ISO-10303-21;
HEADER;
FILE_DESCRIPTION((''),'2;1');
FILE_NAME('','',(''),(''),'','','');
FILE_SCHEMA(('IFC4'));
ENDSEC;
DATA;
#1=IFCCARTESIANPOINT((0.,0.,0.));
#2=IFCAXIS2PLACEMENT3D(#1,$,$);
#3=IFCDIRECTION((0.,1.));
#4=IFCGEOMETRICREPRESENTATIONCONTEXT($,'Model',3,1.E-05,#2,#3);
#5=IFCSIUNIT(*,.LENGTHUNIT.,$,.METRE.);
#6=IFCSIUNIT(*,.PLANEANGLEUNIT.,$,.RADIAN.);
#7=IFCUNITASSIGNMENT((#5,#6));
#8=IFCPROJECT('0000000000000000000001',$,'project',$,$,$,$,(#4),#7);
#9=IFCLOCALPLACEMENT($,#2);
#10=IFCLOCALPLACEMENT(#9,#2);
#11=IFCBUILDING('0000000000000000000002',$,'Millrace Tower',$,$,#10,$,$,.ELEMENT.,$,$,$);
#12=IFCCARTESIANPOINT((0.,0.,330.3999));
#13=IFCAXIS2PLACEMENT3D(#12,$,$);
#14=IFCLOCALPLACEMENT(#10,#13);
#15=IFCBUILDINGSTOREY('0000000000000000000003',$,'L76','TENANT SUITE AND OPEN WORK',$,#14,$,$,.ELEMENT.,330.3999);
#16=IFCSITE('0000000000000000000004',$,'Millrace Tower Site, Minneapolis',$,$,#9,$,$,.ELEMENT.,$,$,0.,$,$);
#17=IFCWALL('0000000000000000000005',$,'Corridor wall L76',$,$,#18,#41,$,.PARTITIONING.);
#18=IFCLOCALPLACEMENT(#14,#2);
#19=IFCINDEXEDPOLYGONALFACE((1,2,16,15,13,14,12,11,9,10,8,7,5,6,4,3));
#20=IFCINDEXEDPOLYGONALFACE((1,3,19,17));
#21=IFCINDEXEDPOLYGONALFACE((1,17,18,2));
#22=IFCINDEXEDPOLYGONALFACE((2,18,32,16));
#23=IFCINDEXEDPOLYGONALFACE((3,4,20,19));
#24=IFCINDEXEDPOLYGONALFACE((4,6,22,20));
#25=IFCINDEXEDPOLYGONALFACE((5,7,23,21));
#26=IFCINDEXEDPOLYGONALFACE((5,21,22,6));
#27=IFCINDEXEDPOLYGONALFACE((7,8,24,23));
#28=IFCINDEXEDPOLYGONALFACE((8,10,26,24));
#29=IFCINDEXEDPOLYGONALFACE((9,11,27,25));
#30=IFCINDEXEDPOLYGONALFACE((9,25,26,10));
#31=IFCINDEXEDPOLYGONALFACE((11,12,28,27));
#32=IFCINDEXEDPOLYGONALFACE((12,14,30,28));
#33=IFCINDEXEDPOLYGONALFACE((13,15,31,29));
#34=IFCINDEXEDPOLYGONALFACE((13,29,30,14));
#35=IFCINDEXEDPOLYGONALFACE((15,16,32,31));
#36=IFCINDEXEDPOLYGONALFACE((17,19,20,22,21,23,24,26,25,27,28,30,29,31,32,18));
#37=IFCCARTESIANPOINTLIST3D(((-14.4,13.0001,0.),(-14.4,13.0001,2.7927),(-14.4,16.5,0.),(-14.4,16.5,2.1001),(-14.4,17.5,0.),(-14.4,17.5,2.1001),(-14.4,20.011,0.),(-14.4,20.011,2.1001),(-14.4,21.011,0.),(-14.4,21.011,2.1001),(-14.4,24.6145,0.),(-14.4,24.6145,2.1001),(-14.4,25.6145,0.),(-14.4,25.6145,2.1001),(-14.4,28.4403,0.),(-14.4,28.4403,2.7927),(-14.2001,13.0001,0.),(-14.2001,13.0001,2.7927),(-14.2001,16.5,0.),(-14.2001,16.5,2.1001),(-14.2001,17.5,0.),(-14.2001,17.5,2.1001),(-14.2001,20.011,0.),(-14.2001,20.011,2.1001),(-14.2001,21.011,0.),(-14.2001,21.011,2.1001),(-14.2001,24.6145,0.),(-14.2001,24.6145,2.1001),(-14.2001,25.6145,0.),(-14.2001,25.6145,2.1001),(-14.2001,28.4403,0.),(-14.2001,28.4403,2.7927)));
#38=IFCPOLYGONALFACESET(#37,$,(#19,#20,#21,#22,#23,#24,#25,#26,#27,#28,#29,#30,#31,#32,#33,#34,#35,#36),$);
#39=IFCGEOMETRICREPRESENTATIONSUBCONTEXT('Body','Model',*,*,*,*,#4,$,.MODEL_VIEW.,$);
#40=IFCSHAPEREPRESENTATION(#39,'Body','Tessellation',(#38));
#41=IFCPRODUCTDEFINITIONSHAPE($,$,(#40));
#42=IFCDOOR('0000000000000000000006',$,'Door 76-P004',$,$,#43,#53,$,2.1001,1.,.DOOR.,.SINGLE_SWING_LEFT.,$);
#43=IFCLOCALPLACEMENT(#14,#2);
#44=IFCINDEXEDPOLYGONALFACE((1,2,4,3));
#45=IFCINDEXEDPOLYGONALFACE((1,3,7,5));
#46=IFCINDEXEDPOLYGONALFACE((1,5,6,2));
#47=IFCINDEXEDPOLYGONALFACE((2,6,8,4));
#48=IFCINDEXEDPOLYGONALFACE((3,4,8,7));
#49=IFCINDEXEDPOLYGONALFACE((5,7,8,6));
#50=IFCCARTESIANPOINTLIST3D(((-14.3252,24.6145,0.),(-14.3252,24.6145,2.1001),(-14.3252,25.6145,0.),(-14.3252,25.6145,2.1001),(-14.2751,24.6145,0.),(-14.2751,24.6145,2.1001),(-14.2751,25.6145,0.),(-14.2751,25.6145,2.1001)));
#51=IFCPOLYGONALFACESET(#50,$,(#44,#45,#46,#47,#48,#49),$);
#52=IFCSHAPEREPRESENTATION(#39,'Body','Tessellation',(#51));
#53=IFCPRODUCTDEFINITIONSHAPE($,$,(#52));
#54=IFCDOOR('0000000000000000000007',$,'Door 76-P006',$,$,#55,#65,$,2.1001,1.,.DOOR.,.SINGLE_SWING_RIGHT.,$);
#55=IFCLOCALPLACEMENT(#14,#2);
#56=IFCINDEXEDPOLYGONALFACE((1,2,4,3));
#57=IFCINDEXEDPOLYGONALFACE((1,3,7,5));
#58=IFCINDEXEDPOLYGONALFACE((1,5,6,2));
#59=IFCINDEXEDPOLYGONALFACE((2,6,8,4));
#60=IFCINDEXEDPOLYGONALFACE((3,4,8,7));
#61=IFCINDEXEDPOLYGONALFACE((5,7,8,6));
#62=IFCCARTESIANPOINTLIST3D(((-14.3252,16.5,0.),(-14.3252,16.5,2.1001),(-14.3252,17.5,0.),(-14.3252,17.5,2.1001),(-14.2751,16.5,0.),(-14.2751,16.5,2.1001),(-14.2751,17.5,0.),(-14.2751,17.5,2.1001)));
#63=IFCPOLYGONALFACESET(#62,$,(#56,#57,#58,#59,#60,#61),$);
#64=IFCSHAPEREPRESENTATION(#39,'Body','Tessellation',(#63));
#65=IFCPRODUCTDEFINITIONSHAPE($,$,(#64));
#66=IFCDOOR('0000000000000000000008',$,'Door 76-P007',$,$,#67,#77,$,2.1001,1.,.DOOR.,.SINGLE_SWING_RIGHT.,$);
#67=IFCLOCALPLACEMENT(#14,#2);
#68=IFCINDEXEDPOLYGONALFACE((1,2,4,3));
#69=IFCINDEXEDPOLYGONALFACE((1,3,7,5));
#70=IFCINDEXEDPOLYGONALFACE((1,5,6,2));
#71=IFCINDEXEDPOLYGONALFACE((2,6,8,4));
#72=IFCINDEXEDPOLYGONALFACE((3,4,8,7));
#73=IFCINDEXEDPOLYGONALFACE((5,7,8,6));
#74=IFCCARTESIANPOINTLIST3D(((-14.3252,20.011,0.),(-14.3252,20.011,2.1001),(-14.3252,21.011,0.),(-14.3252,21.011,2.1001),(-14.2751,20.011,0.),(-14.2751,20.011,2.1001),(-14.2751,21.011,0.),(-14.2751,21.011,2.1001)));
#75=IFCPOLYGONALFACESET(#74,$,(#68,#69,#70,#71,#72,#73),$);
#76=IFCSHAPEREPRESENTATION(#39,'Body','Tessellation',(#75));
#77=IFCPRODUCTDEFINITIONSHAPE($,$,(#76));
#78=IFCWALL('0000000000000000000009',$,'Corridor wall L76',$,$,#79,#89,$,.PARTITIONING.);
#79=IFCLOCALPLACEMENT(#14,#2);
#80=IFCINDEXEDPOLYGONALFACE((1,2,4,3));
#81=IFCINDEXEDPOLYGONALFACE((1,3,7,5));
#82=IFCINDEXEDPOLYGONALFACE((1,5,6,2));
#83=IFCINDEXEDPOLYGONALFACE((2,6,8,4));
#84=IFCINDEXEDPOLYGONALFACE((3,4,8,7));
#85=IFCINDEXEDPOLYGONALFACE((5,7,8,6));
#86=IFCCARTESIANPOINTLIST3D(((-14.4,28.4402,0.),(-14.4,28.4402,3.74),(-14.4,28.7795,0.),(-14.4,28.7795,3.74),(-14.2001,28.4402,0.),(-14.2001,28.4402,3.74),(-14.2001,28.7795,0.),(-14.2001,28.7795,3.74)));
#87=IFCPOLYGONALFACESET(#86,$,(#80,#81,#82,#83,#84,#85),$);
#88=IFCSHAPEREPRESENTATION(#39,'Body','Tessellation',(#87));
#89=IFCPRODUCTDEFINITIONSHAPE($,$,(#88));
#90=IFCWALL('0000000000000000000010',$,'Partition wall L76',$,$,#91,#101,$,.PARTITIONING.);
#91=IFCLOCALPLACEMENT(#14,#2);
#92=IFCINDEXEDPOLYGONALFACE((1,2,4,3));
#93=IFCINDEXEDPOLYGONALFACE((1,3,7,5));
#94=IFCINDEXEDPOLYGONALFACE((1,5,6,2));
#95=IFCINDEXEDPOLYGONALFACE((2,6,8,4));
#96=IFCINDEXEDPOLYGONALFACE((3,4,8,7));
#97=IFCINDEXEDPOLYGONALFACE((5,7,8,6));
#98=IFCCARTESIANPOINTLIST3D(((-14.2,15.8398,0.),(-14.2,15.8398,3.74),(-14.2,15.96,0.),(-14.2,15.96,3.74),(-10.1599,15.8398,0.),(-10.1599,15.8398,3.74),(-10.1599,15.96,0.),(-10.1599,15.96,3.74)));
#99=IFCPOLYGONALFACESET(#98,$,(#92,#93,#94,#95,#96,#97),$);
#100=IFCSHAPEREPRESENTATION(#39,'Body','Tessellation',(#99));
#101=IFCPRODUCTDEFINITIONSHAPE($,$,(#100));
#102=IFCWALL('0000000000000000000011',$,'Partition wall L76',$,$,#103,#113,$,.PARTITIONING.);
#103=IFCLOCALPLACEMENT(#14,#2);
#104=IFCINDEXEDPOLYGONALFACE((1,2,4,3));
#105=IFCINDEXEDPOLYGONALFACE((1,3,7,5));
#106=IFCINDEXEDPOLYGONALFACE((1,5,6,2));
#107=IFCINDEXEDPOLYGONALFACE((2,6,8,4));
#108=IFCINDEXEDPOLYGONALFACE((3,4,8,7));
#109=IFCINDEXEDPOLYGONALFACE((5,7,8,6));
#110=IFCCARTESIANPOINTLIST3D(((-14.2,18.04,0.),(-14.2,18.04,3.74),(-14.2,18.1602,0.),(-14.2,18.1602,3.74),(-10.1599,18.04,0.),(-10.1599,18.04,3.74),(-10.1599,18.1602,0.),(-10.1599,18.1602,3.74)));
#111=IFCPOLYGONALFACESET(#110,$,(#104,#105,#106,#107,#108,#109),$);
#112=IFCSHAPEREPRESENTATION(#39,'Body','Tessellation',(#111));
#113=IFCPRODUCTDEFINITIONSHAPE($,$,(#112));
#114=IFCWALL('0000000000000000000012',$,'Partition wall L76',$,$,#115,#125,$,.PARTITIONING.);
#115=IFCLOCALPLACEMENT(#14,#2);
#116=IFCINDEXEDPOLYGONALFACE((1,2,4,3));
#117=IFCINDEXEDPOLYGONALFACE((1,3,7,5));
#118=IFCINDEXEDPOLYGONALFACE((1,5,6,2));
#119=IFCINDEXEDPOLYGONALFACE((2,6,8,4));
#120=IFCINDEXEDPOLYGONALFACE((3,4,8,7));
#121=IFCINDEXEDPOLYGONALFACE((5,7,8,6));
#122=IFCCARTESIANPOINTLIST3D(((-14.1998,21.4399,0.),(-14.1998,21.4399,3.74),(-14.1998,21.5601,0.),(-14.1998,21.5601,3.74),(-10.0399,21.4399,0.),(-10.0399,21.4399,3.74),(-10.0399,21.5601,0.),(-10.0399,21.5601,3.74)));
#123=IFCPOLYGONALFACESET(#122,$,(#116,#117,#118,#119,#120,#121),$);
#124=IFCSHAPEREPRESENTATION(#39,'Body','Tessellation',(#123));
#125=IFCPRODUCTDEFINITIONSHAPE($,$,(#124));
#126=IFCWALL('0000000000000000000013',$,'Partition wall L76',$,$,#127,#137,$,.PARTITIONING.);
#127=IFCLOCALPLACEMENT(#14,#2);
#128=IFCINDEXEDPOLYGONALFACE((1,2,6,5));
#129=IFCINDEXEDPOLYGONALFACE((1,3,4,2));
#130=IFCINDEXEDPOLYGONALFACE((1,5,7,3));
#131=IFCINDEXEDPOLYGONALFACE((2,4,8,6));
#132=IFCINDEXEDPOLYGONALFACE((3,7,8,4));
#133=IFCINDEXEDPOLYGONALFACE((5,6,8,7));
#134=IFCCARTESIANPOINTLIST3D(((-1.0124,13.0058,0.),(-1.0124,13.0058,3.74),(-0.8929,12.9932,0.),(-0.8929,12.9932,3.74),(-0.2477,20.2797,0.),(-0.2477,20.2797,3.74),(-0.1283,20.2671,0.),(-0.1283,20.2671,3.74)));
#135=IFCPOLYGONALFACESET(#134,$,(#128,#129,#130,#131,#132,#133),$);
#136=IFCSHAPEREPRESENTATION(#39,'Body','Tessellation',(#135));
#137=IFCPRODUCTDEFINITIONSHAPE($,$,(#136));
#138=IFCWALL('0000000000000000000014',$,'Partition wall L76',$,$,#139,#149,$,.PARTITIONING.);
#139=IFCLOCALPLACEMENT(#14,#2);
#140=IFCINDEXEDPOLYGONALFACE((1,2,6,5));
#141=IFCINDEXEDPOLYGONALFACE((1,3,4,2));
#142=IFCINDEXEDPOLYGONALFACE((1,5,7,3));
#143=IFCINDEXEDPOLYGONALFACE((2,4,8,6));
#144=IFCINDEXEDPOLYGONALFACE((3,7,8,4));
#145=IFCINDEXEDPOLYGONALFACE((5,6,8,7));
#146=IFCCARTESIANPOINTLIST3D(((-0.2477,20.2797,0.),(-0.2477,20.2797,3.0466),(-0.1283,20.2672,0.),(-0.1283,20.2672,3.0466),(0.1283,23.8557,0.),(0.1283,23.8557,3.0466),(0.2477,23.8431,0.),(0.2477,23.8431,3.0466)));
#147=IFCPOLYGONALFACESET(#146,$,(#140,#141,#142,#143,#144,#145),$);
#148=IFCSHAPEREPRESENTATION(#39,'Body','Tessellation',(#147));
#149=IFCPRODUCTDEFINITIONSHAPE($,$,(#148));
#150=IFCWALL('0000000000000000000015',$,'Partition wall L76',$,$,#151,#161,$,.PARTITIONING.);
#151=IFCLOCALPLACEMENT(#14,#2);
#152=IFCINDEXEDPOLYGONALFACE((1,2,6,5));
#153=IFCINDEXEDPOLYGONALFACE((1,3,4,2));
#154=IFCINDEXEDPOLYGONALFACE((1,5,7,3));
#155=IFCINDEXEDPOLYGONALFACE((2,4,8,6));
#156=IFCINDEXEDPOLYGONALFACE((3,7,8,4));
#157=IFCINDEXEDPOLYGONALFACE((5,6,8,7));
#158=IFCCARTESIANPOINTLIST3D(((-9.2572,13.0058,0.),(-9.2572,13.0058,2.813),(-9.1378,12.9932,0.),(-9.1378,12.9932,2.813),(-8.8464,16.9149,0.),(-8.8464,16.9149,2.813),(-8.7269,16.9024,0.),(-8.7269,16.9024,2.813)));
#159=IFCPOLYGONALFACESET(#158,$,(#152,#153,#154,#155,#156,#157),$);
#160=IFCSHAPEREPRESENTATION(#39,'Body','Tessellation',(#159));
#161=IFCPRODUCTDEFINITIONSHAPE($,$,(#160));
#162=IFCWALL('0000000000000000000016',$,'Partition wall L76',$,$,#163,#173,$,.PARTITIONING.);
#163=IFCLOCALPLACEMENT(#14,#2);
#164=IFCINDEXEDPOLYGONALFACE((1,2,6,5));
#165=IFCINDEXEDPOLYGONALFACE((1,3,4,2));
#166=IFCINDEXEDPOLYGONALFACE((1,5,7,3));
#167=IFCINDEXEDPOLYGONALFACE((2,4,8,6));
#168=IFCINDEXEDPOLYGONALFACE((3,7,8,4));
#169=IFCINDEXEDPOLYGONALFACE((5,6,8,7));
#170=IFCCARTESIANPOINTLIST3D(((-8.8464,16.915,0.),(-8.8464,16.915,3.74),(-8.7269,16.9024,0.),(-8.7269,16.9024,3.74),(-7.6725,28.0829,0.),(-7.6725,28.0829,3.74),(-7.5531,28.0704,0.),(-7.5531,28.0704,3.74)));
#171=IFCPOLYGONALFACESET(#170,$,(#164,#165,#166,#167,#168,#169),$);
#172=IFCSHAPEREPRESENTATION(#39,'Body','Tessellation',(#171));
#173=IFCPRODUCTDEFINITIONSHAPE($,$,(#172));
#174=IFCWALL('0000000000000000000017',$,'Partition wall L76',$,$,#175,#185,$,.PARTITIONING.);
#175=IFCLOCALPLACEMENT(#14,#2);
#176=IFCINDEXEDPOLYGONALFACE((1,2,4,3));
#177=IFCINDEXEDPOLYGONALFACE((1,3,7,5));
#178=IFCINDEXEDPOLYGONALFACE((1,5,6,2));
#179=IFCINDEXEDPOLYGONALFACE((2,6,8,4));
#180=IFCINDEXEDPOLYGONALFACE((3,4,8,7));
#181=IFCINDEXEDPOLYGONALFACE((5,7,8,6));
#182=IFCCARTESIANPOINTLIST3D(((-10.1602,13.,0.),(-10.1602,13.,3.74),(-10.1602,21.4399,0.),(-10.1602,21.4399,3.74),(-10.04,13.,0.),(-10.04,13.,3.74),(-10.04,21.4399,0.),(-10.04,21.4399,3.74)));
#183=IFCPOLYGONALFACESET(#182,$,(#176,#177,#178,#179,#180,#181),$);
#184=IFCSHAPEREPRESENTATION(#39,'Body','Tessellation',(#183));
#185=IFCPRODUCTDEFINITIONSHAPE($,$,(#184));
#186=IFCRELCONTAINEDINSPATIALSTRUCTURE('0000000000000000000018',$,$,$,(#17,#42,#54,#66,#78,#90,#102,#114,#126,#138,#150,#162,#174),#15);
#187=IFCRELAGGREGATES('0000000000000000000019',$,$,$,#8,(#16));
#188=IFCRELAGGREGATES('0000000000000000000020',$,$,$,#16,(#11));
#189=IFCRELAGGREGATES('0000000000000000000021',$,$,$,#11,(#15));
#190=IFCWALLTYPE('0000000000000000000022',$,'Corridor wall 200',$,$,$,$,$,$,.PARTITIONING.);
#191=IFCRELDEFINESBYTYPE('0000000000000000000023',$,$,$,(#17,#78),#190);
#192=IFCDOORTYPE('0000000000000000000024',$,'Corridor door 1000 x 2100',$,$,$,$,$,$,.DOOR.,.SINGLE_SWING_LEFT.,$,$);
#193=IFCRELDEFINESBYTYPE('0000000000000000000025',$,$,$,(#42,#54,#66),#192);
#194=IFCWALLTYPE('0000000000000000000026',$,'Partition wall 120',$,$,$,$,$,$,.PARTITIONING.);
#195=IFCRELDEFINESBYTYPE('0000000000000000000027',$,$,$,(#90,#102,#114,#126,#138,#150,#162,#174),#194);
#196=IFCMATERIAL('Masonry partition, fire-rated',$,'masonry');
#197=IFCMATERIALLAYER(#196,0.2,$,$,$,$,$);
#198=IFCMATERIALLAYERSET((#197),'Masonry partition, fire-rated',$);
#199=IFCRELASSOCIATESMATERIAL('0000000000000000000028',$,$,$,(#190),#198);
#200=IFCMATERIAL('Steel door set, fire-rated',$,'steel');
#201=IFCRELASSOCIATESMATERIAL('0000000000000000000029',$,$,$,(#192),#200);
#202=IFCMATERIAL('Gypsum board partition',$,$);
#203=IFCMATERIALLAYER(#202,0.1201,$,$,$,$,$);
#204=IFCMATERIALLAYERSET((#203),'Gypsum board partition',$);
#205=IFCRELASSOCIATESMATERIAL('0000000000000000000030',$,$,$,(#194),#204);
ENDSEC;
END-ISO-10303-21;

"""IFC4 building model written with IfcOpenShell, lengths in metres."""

from ifc_helpers import new_model, si_unit, direction, frame, frame_2d, origin, place, context, subcontext, project, spatial, rectangle, extrude, material, layer, layer_set, type_object, element, fill, save


model = new_model("IFC4")

# Units and contexts
model_context = context("Model", 3, precision=1e-05, world=origin(), true_north=direction((0.0, 1.0)))
body_context = subcontext(model_context, "Body", "Model", "MODEL_VIEW")
ifc_project = project(units=[si_unit("LENGTHUNIT", "METRE"), si_unit("PLANEANGLEUNIT", "RADIAN")], contexts=[model_context])

# Site, building, storey
site_placement = place(None, origin())
site = spatial("IfcSite", under=ifc_project, at=site_placement, Name="Millrace Tower Site, Minneapolis", CompositionType="ELEMENT", RefElevation=0.0)
building_placement = place(site_placement, origin())
building = spatial("IfcBuilding", under=site, at=building_placement, Name="Millrace Tower", CompositionType="ELEMENT")
storey_placement = place(building_placement, frame((0.0, 0.0, 330.3999)))
storey = spatial("IfcBuildingStorey", under=building, at=storey_placement, Name="L76", Description="TENANT SUITE AND OPEN WORK", CompositionType="ELEMENT", Elevation=330.3999)

# Wall, openings, doors
ifc_material_1 = material(Name="Masonry partition, fire-rated", Category="masonry")
ifc_layer_1 = layer(ifc_material_1, 0.2)
ifc_layer_set_1 = layer_set([ifc_layer_1], Name="Masonry partition, fire-rated")
wall_type_1 = type_object("IfcWallType", Name="Corridor wall 200", PredefinedType="PARTITIONING", material=ifc_layer_set_1)
ifc_material_2 = material(Name="Steel door set, fire-rated", Category="steel")
door_type_1 = type_object("IfcDoorType", Name="Corridor door 1000 x 2100", OperationType="SINGLE_SWING_LEFT", PredefinedType="DOOR", material=ifc_material_2)
wall_1_placement = place(storey_placement, frame((-14.3, 13.0, 0.0), z_axis=(0.0, 0.0, 1.0), x_axis=(0.0, 1.0, 0.0)))
wall_1 = element("IfcWall", 1, at=wall_1_placement, inside=storey, type_object=wall_type_1, Name="Corridor wall L76", PredefinedType="PARTITIONING", context=body_context, shape_type="SweptSolid", body=[
    extrude(rectangle(XDim=15.4402, YDim=0.2, at=frame_2d((7.7202, 0.0))), origin(), (0.0, 0.0, 1.0), 2.7927),
])
opening_1_placement = place(wall_1_placement, frame((11.6145, 0.0, 0.0)))
opening_1 = element("IfcOpeningElement", 2, at=opening_1_placement, cuts=wall_1, PredefinedType="OPENING", context=body_context, shape_type="SweptSolid", body=[
    extrude(rectangle(XDim=1.0, YDim=2.1001, at=frame_2d((0.5, 1.05))), frame((0.0, 0.1099, 0.0), z_axis=(0.0, -1.0, 0.0), x_axis=(1.0, 0.0, 0.0)), (0.0, 0.0, 1.0), 0.22),
])
opening_2_placement = place(wall_1_placement, frame((3.5, 0.0, 0.0)))
opening_2 = element("IfcOpeningElement", 3, at=opening_2_placement, cuts=wall_1, PredefinedType="OPENING", context=body_context, shape_type="SweptSolid", body=[
    extrude(rectangle(XDim=1.0, YDim=2.1001, at=frame_2d((0.5, 1.05))), frame((0.0, 0.1099, 0.0), z_axis=(0.0, -1.0, 0.0), x_axis=(1.0, 0.0, 0.0)), (0.0, 0.0, 1.0), 0.22),
])
opening_3_placement = place(wall_1_placement, frame((7.011, 0.0, 0.0)))
opening_3 = element("IfcOpeningElement", 4, at=opening_3_placement, cuts=wall_1, PredefinedType="OPENING", context=body_context, shape_type="SweptSolid", body=[
    extrude(rectangle(XDim=1.0, YDim=2.1001, at=frame_2d((0.5, 1.05))), frame((0.0, 0.1099, 0.0), z_axis=(0.0, -1.0, 0.0), x_axis=(1.0, 0.0, 0.0)), (0.0, 0.0, 1.0), 0.22),
])
door_1_placement = place(opening_1_placement, frame((1.0, 0.0, 0.0), z_axis=(0.0, 0.0, 1.0), x_axis=(-1.0, 0.0, 0.0)))
door_1 = element("IfcDoor", 5, at=door_1_placement, inside=storey, type_object=door_type_1, Name="Door 76-P004", OperationType="SINGLE_SWING_LEFT", OverallHeight=2.1001, OverallWidth=1.0, PredefinedType="DOOR", context=body_context, shape_type="SweptSolid", body=[
    extrude(rectangle(XDim=1.0, YDim=2.1001, at=frame_2d((0.5, 1.05))), frame((0.0, 0.0249, 0.0), z_axis=(0.0, -1.0, 0.0), x_axis=(1.0, 0.0, 0.0)), (0.0, 0.0, 1.0), 0.05),
])
fill(opening_1, door_1)
door_2_placement = place(opening_2_placement, frame((1.0, 0.0, 0.0), z_axis=(0.0, 0.0, 1.0), x_axis=(-1.0, 0.0, 0.0)))
door_2 = element("IfcDoor", 6, at=door_2_placement, inside=storey, type_object=door_type_1, Name="Door 76-P006", OperationType="SINGLE_SWING_RIGHT", OverallHeight=2.1001, OverallWidth=1.0, PredefinedType="DOOR", context=body_context, shape_type="SweptSolid", body=[
    extrude(rectangle(XDim=1.0, YDim=2.1001, at=frame_2d((0.5, 1.05))), frame((0.0, 0.0249, 0.0), z_axis=(0.0, -1.0, 0.0), x_axis=(1.0, 0.0, 0.0)), (0.0, 0.0, 1.0), 0.05),
])
fill(opening_2, door_2)
door_3_placement = place(opening_3_placement, frame((1.0, 0.0, 0.0), z_axis=(0.0, 0.0, 1.0), x_axis=(-1.0, 0.0, 0.0)))
door_3 = element("IfcDoor", 7, at=door_3_placement, inside=storey, type_object=door_type_1, Name="Door 76-P007", OperationType="SINGLE_SWING_RIGHT", OverallHeight=2.1001, OverallWidth=1.0, PredefinedType="DOOR", context=body_context, shape_type="SweptSolid", body=[
    extrude(rectangle(XDim=1.0, YDim=2.1001, at=frame_2d((0.5, 1.05))), frame((0.0, 0.0249, 0.0), z_axis=(0.0, -1.0, 0.0), x_axis=(1.0, 0.0, 0.0)), (0.0, 0.0, 1.0), 0.05),
])
fill(opening_3, door_3)

# Walls
wall_2_placement = place(storey_placement, frame((-14.3, 28.4402, 0.0), z_axis=(0.0, 0.0, 1.0), x_axis=(0.0, 1.0, 0.0)))
element("IfcWall", 8, at=wall_2_placement, inside=storey, type_object=wall_type_1, Name="Corridor wall L76", PredefinedType="PARTITIONING", context=body_context, shape_type="SweptSolid", body=[
    extrude(rectangle(XDim=0.3394, YDim=0.2, at=frame_2d((0.1697, 0.0))), origin(), (0.0, 0.0, 1.0), 3.74),
])
ifc_material_3 = material(Name="Gypsum board partition")
ifc_layer_2 = layer(ifc_material_3, 0.1201)
ifc_layer_set_2 = layer_set([ifc_layer_2], Name="Gypsum board partition")
wall_type_2 = type_object("IfcWallType", Name="Partition wall 120", PredefinedType="PARTITIONING", material=ifc_layer_set_2)
for number, where, z_axis, x_axis, name in (
    (9, (-14.2, 15.8999, 0.0), (0.0, 0.0, 1.0), (1.0, 0.0, 0.0), "Partition wall L76"),
    (10, (-14.2, 18.1001, 0.0), (0.0, 0.0, 1.0), (1.0, 0.0, 0.0), "Partition wall L76"),
):
    element("IfcWall", number, at=place(storey_placement, frame(where, z_axis=z_axis, x_axis=x_axis)), inside=storey, type_object=wall_type_2, Name=name, PredefinedType="PARTITIONING", context=body_context, shape_type="SweptSolid", body=[
        extrude(rectangle(XDim=4.04, YDim=0.1201, at=frame_2d((2.02, 0.0))), origin(), (0.0, 0.0, 1.0), 3.74),
    ])
wall_3_placement = place(storey_placement, frame((-14.2, 21.5, 0.0), z_axis=(0.0, 0.0, 1.0), x_axis=(1.0, 0.0, 0.0)))
element("IfcWall", 11, at=wall_3_placement, inside=storey, type_object=wall_type_2, Name="Partition wall L76", PredefinedType="PARTITIONING", context=body_context, shape_type="SweptSolid", body=[
    extrude(rectangle(XDim=4.1599, YDim=0.1201, at=frame_2d((2.0801, 0.0))), origin(), (0.0, 0.0, 1.0), 3.74),
])
wall_4_placement = place(storey_placement, frame((-0.9526, 12.9995, 0.0), z_axis=(0.0, 0.0, 1.0), x_axis=(0.104546, 0.99452, 0.0)))
element("IfcWall", 12, at=wall_4_placement, inside=storey, type_object=wall_type_2, Name="Partition wall L76", PredefinedType="PARTITIONING", context=body_context, shape_type="SweptSolid", body=[
    extrude(rectangle(XDim=7.314, YDim=0.1201, at=frame_2d((3.657, 0.0))), origin(), (0.0, 0.0, 1.0), 3.74),
])
wall_5_placement = place(storey_placement, frame((-0.188, 20.2734, 0.0), z_axis=(0.0, 0.0, 1.0), x_axis=(0.104565, 0.994518, 0.0)))
element("IfcWall", 13, at=wall_5_placement, inside=storey, type_object=wall_type_2, Name="Partition wall L76", PredefinedType="PARTITIONING", context=body_context, shape_type="SweptSolid", body=[
    extrude(rectangle(XDim=3.5957, YDim=0.1201, at=frame_2d((1.7979, 0.0))), origin(), (0.0, 0.0, 1.0), 3.0466),
])
wall_6_placement = place(storey_placement, frame((-9.1975, 12.9995, 0.0), z_axis=(0.0, 0.0, 1.0), x_axis=(0.104533, 0.994521, 0.0)))
element("IfcWall", 14, at=wall_6_placement, inside=storey, type_object=wall_type_2, Name="Partition wall L76", PredefinedType="PARTITIONING", context=body_context, shape_type="SweptSolid", body=[
    extrude(rectangle(XDim=3.9307, YDim=0.1201, at=frame_2d((1.9653, 0.0))), origin(), (0.0, 0.0, 1.0), 2.813),
])
wall_7_placement = place(storey_placement, frame((-8.7866, 16.9087, 0.0), z_axis=(0.0, 0.0, 1.0), x_axis=(0.104531, 0.994522, 0.0)))
element("IfcWall", 15, at=wall_7_placement, inside=storey, type_object=wall_type_2, Name="Partition wall L76", PredefinedType="PARTITIONING", context=body_context, shape_type="SweptSolid", body=[
    extrude(rectangle(XDim=11.2295, YDim=0.1201, at=frame_2d((5.6147, 0.0))), origin(), (0.0, 0.0, 1.0), 3.74),
])
wall_8_placement = place(storey_placement, frame((-10.1001, 13.0, 0.0), z_axis=(0.0, 0.0, 1.0), x_axis=(0.0, 1.0, 0.0)))
element("IfcWall", 16, at=wall_8_placement, inside=storey, type_object=wall_type_2, Name="Partition wall L76", PredefinedType="PARTITIONING", context=body_context, shape_type="SweptSolid", body=[
    extrude(rectangle(XDim=8.4399, YDim=0.1201, at=frame_2d((4.22, 0.0))), origin(), (0.0, 0.0, 1.0), 3.74),
])

save(model, "model.ifc")
